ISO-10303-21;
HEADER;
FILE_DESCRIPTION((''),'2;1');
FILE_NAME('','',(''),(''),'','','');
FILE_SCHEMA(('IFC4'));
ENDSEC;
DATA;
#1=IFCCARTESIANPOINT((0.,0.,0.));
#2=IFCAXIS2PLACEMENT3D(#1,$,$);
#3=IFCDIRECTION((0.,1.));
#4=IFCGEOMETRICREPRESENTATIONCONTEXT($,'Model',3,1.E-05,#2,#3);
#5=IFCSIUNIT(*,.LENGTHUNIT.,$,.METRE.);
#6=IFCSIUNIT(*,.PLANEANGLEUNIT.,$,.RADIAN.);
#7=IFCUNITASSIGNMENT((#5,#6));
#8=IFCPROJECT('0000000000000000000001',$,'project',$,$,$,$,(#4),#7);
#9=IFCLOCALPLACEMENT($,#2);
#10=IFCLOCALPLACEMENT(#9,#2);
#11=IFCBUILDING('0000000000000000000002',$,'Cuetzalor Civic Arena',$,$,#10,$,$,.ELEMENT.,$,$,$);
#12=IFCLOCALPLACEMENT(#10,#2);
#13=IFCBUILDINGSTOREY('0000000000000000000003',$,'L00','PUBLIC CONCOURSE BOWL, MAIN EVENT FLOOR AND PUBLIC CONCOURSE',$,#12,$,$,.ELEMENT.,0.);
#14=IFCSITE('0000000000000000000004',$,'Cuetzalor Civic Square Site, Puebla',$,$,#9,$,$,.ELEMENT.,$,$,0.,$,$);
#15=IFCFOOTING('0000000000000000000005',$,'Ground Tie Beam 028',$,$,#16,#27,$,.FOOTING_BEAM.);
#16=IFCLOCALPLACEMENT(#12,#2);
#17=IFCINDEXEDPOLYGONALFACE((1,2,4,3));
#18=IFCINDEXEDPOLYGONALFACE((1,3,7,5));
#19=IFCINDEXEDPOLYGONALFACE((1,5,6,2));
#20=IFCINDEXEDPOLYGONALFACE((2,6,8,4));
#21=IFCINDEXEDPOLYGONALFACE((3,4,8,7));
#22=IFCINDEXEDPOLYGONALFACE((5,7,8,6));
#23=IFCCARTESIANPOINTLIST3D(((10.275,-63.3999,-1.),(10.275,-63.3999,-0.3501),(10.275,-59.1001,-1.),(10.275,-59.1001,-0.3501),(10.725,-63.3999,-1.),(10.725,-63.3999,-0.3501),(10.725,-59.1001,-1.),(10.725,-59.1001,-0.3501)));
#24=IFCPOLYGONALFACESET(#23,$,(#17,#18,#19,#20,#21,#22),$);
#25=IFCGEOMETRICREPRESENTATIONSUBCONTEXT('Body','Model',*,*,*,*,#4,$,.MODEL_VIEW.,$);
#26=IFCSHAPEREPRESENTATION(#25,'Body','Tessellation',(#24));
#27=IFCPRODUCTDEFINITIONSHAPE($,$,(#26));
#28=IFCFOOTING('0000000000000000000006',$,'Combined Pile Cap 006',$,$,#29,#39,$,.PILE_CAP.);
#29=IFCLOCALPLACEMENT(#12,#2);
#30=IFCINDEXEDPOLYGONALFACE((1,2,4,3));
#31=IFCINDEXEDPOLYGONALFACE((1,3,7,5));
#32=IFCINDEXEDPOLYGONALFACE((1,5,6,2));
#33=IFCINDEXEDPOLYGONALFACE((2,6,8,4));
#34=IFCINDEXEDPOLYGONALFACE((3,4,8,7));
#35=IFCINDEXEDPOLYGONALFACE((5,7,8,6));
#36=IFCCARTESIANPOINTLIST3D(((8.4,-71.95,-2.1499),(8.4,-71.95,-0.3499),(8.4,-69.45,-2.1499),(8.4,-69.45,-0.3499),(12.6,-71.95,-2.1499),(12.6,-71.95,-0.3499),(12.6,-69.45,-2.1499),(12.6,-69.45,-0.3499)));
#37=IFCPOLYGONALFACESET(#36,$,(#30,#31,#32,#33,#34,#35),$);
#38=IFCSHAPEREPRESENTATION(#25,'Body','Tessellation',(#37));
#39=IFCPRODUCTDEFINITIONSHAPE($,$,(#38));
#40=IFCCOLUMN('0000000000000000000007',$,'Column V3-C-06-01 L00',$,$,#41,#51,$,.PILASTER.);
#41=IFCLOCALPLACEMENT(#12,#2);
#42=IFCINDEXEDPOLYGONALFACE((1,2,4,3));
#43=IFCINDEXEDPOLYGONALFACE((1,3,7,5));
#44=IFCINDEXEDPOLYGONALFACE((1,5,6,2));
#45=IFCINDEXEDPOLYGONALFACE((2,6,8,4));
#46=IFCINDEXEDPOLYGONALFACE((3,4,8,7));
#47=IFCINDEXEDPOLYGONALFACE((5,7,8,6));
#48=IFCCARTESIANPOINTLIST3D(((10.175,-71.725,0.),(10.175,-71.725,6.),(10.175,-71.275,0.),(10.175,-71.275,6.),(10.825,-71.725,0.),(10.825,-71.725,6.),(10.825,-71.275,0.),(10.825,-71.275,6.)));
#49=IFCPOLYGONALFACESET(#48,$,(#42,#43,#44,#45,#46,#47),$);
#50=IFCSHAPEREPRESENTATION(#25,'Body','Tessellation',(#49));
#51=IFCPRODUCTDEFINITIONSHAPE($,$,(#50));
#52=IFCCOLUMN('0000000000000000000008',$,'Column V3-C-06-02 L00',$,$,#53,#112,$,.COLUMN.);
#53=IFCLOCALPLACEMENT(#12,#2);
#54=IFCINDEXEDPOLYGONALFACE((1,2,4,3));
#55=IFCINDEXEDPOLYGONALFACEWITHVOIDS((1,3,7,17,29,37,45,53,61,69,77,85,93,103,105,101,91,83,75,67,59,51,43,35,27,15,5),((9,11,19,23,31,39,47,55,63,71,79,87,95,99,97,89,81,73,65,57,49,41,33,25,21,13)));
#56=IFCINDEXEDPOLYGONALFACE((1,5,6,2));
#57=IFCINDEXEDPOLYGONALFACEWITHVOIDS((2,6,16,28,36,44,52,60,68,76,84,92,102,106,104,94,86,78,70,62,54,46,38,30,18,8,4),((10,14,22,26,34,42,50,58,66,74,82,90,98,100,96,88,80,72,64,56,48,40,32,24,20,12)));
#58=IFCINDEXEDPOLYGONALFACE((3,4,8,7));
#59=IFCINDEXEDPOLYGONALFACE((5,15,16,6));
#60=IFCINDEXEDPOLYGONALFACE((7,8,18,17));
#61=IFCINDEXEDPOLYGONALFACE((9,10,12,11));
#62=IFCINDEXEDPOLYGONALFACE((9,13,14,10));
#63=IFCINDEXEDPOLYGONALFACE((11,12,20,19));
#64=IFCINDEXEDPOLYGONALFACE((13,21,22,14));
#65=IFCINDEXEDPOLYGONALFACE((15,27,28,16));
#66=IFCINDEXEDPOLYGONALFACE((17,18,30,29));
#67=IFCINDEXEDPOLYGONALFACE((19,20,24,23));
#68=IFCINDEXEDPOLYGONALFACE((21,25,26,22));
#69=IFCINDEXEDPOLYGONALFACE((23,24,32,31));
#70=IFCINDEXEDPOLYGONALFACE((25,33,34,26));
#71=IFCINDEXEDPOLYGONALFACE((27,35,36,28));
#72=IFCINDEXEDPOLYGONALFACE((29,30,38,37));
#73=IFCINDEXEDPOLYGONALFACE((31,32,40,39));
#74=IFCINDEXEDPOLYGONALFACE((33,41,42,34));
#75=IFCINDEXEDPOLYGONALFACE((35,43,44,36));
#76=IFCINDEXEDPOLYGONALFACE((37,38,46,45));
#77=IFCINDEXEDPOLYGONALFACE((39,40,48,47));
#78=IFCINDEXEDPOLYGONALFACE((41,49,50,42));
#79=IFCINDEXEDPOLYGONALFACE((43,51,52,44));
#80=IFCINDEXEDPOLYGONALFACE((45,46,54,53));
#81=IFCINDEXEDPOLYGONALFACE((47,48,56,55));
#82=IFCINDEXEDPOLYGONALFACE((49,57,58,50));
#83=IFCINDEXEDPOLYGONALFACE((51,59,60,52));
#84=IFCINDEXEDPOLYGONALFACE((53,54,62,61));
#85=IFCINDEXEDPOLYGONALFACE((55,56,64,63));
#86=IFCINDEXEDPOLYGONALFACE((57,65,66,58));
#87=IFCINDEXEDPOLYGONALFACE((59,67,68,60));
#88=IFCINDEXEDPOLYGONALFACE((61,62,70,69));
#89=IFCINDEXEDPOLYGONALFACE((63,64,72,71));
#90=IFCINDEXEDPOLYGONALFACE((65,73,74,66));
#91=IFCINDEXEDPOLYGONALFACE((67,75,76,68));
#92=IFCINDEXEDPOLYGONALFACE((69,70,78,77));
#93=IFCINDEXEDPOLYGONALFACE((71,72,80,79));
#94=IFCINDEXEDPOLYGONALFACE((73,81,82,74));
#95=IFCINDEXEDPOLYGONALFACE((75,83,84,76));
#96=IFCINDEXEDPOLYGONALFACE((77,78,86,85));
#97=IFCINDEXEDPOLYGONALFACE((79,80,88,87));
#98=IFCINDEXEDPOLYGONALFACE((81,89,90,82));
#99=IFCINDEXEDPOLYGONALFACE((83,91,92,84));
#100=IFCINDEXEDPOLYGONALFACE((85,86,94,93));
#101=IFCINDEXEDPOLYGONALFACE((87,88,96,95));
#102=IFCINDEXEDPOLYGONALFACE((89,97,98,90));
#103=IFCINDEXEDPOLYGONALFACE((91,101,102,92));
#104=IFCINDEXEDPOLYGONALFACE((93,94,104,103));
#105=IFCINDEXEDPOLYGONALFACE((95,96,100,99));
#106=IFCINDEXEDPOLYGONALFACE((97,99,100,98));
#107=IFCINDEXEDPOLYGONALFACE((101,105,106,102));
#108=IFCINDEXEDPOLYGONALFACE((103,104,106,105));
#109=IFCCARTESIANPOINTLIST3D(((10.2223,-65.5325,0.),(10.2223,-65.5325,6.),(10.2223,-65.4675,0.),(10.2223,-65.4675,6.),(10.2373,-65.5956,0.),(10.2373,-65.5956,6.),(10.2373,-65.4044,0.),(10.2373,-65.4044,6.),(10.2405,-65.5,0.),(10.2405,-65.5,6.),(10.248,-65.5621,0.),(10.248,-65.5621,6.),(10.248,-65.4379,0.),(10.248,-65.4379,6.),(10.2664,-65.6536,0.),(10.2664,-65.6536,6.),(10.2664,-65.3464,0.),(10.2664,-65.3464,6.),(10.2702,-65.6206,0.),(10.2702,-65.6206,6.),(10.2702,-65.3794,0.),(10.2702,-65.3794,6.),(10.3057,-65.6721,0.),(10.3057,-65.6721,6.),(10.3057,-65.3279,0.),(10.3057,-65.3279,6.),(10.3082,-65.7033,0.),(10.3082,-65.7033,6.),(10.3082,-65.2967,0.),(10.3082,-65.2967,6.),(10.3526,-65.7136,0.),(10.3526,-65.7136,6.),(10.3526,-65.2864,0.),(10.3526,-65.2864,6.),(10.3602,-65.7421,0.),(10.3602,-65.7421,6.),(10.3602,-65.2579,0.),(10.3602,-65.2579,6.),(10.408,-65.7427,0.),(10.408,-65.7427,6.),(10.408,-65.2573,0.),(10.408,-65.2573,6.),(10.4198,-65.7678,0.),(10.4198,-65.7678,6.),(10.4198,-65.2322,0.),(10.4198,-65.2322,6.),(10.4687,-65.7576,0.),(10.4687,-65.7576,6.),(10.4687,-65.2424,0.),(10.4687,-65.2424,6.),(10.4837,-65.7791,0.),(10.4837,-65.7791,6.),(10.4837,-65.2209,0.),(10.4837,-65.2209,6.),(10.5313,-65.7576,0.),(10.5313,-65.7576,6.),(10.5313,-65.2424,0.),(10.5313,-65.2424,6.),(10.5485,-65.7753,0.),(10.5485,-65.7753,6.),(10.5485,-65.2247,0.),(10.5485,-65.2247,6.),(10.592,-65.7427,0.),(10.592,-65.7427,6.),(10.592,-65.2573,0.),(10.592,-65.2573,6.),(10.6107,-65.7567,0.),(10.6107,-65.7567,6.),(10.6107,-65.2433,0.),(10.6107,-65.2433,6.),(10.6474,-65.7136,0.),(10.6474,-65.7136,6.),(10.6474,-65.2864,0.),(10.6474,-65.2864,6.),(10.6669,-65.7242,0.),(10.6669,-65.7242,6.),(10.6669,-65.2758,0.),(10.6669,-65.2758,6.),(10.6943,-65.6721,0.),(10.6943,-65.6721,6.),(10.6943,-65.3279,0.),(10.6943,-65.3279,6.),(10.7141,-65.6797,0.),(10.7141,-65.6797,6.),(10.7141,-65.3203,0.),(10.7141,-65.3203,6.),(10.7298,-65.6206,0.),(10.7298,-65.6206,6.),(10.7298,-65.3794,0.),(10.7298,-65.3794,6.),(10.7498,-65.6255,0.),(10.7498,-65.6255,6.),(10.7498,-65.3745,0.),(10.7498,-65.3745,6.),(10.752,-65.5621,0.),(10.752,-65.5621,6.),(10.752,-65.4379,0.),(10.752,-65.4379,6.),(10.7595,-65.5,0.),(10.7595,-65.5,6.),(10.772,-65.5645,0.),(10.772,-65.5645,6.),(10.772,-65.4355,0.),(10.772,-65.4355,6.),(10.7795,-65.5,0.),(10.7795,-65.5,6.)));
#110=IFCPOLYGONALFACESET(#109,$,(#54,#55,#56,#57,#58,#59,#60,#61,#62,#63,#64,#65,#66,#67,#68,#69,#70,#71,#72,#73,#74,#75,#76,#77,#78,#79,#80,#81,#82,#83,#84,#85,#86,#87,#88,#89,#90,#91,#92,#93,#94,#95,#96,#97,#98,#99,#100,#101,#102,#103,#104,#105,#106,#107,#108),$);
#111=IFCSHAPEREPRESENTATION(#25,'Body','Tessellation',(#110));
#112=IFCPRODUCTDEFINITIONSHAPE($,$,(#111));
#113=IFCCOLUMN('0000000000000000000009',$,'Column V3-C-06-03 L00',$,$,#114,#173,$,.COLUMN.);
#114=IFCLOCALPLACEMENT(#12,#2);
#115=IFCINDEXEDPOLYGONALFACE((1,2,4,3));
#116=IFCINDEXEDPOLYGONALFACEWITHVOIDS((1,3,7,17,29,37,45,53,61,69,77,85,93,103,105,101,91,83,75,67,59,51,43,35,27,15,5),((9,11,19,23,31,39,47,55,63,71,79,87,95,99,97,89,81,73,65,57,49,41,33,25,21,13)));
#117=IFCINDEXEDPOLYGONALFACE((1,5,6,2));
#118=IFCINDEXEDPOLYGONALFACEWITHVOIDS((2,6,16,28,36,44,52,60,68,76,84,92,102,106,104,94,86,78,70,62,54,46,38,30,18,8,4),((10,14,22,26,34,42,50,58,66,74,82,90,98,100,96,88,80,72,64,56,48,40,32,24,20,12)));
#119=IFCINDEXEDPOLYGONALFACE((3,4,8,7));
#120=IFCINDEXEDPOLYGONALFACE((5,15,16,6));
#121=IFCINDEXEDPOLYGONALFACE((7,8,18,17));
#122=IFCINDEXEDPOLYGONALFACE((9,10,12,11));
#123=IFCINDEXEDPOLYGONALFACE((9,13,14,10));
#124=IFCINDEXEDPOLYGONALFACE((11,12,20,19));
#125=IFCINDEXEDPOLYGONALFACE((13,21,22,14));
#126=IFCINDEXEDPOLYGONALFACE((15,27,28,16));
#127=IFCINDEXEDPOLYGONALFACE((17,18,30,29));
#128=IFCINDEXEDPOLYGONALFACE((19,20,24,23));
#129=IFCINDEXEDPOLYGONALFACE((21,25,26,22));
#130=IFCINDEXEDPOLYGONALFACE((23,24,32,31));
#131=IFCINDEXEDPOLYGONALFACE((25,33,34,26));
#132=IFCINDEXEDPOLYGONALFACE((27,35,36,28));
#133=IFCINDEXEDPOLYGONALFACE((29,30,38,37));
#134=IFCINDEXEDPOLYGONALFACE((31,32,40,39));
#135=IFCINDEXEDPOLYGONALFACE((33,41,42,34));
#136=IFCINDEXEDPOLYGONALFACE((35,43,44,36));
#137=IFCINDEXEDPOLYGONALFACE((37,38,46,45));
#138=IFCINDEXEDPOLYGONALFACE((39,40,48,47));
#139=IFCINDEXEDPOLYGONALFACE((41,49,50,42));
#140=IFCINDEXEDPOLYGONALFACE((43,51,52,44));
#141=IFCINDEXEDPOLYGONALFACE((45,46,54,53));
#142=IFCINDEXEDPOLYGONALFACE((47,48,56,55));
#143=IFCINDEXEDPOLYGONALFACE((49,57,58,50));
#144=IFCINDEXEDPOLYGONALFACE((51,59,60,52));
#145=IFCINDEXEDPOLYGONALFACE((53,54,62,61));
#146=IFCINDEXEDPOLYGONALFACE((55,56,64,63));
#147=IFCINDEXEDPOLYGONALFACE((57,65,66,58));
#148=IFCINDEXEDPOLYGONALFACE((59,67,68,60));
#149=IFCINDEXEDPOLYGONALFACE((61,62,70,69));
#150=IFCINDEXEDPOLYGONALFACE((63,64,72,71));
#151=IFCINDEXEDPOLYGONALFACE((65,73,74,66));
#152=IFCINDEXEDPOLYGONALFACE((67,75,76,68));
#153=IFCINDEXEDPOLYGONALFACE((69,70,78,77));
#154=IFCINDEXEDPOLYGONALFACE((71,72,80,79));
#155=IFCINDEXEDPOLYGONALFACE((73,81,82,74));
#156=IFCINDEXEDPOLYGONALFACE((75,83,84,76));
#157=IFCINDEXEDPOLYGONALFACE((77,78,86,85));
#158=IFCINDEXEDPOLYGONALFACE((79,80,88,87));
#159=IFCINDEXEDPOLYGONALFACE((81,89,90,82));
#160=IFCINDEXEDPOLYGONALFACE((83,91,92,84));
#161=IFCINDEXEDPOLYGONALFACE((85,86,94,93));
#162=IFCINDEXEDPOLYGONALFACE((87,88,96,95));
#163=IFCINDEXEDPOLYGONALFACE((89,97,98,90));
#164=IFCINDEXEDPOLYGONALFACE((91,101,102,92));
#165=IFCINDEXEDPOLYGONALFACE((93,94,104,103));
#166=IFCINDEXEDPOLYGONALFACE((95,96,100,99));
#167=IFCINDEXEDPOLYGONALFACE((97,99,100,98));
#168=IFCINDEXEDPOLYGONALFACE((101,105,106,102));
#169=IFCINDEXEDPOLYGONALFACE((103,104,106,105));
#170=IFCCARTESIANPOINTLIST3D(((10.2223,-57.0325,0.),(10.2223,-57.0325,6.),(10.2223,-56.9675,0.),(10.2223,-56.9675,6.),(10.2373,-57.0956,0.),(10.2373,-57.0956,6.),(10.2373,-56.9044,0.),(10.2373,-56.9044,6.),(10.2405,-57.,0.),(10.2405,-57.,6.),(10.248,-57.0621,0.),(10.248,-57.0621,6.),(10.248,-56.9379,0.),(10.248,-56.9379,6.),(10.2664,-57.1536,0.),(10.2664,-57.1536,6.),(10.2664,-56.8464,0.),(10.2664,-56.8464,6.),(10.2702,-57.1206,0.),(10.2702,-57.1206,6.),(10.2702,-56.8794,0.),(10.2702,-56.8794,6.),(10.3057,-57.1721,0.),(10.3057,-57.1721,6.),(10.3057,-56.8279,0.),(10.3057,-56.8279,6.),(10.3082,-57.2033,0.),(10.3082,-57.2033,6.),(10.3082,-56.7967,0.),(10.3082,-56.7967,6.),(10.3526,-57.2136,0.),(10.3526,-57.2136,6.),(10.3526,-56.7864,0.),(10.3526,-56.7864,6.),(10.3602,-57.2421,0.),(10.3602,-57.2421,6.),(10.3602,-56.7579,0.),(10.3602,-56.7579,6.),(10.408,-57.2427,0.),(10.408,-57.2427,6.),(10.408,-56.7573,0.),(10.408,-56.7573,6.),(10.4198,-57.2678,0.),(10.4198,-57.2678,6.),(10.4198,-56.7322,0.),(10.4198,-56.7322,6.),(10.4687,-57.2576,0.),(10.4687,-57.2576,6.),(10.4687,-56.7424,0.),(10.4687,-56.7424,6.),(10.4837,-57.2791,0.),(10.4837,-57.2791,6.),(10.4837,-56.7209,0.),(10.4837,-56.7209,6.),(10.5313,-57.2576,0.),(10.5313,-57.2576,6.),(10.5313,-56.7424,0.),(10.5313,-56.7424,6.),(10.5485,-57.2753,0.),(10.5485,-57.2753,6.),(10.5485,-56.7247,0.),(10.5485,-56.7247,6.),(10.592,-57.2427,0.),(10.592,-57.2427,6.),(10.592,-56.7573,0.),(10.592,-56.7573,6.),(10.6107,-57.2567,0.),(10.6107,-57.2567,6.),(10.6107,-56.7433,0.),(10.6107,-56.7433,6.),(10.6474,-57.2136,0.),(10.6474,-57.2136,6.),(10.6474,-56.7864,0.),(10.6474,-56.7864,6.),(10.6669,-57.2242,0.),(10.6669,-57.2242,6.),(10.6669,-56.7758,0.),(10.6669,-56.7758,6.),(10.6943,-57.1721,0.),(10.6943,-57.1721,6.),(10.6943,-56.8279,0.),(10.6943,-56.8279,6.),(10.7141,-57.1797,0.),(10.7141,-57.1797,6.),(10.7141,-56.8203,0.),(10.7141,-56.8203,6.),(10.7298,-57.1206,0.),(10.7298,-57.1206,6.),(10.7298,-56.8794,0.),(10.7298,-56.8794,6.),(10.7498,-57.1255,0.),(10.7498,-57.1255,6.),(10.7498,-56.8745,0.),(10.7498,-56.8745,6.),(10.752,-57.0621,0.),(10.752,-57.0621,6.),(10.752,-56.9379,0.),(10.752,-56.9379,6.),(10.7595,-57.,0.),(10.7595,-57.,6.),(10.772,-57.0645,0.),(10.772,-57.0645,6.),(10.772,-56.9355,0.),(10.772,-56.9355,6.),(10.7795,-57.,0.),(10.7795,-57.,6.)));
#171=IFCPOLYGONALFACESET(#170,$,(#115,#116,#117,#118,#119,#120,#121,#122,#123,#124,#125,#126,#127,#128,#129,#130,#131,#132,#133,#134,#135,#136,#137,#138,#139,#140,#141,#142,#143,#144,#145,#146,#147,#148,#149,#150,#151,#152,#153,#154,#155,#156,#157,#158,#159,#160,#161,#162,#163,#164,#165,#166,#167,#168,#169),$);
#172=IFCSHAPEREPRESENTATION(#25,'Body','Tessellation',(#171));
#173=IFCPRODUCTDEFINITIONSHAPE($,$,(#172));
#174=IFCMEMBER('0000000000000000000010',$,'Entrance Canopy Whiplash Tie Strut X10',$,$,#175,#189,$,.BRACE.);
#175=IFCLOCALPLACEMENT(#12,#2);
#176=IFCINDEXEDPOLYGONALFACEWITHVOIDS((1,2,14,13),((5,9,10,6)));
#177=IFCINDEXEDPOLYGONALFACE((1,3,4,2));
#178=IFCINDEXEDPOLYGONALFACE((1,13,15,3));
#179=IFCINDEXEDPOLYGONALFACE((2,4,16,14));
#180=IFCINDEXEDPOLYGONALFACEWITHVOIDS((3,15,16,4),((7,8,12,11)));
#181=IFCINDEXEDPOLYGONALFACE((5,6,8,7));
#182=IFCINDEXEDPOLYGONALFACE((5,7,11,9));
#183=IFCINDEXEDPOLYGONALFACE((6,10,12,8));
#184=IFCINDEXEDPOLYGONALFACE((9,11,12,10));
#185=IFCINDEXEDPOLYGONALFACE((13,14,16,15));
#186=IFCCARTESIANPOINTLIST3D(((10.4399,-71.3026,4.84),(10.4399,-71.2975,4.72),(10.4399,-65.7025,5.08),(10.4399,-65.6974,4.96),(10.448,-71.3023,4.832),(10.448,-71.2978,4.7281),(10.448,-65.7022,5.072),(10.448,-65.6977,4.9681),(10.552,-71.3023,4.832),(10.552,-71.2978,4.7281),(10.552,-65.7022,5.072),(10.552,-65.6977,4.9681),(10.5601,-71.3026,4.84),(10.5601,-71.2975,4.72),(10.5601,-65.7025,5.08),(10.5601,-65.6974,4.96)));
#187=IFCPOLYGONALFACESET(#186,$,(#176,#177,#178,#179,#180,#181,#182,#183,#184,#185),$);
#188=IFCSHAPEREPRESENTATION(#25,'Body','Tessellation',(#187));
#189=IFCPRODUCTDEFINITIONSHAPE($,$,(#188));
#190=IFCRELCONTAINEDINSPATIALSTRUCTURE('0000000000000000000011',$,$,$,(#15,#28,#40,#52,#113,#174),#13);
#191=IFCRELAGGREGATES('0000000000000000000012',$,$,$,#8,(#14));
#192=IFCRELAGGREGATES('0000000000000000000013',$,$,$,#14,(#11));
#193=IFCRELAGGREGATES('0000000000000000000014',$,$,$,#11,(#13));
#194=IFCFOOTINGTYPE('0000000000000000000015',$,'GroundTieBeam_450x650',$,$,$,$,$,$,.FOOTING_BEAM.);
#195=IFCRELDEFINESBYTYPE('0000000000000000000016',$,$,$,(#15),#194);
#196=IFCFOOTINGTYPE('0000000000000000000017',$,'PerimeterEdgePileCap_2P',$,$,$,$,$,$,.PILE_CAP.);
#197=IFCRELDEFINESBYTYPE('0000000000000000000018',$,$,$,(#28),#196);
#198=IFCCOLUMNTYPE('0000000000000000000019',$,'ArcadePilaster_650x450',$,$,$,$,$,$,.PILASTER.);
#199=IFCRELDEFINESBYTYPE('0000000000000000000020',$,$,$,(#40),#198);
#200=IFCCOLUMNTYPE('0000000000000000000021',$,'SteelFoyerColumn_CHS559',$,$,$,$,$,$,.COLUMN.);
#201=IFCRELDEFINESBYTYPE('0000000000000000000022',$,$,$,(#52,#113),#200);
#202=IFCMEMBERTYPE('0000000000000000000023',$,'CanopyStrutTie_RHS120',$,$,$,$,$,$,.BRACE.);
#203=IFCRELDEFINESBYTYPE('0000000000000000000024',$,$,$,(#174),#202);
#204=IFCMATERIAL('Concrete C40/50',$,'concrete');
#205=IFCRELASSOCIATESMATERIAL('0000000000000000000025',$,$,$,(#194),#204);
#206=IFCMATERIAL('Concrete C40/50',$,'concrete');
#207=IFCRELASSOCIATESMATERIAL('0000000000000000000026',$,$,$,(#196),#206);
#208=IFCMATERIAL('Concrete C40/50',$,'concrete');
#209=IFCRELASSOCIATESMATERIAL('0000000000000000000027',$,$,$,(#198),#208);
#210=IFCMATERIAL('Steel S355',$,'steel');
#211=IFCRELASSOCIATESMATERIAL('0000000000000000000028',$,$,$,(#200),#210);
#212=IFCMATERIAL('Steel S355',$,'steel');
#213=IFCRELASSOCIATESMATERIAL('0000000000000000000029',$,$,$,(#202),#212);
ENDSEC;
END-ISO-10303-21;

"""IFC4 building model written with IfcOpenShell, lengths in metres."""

from ifc_helpers import new_model, si_unit, direction, frame, origin, origin_2d, place, context, subcontext, project, spatial, rectangle, hollow_rectangle, hollow_circle, extrude, material, material_profile, profile_set, type_object, element, save


model = new_model("IFC4")

# Units and contexts
model_context = context("Model", 3, precision=1e-05, world=origin(), true_north=direction((0.0, 1.0)))
body_context = subcontext(model_context, "Body", "Model", "MODEL_VIEW")
ifc_project = project(units=[si_unit("LENGTHUNIT", "METRE"), si_unit("PLANEANGLEUNIT", "RADIAN")], contexts=[model_context])

# Site, building, storey
site_placement = place(None, origin())
site = spatial("IfcSite", under=ifc_project, at=site_placement, Name="Cuetzalor Civic Square Site, Puebla", CompositionType="ELEMENT", RefElevation=0.0)
building_placement = place(site_placement, origin())
building = spatial("IfcBuilding", under=site, at=building_placement, Name="Cuetzalor Civic Arena", CompositionType="ELEMENT")
storey_placement = place(building_placement, origin())
storey = spatial("IfcBuildingStorey", under=building, at=storey_placement, Name="L00", Description="PUBLIC CONCOURSE BOWL, MAIN EVENT FLOOR AND PUBLIC CONCOURSE", CompositionType="ELEMENT", Elevation=0.0)

# Footings
ifc_material_1 = material(Name="Concrete C40/50", Category="concrete")
ifc_material_profile_1 = material_profile(ifc_material_1, rectangle(XDim=0.45, YDim=0.6499, at=origin_2d()), Name="RC 450x650")
ifc_profile_set_1 = profile_set([ifc_material_profile_1], Name="Concrete C40/50")
footing_type_1 = type_object("IfcFootingType", Name="GroundTieBeam_450x650", PredefinedType="FOOTING_BEAM", material=ifc_profile_set_1)
footing_1_placement = place(storey_placement, frame((10.5, -63.3999, -0.675), z_axis=(0.0, 1.0, 0.0), x_axis=(-1.0, 0.0, 0.0)))
element("IfcFooting", 1, at=footing_1_placement, inside=storey, type_object=footing_type_1, Name="Ground Tie Beam 028", PredefinedType="FOOTING_BEAM", context=body_context, shape_type="SweptSolid", body=[
    extrude(rectangle(XDim=0.45, YDim=0.6499, at=origin_2d()), origin(), (0.0, 0.0, 1.0), 4.2998),
])
ifc_material_2 = material(Name="Concrete C40/50", Category="concrete")
footing_type_2 = type_object("IfcFootingType", Name="PerimeterEdgePileCap_2P", PredefinedType="PILE_CAP", material=ifc_material_2)
footing_2_placement = place(storey_placement, frame((10.5, -70.7, -2.1499), z_axis=(0.0, 0.0, 1.0), x_axis=(1.0, 0.0, 0.0)))
element("IfcFooting", 2, at=footing_2_placement, inside=storey, type_object=footing_type_2, Name="Combined Pile Cap 006", PredefinedType="PILE_CAP", context=body_context, shape_type="SweptSolid", body=[
    extrude(rectangle(XDim=4.2, YDim=2.5, at=origin_2d()), origin(), (0.0, 0.0, 1.0), 1.8),
])

# Columns
ifc_material_3 = material(Name="Concrete C40/50", Category="concrete")
ifc_material_profile_2 = material_profile(ifc_material_3, rectangle(XDim=0.6499, YDim=0.45, at=origin_2d()), Name="RC 650x450")
ifc_profile_set_2 = profile_set([ifc_material_profile_2], Name="Concrete C40/50")
column_type_1 = type_object("IfcColumnType", Name="ArcadePilaster_650x450", PredefinedType="PILASTER", material=ifc_profile_set_2)
column_placement = place(storey_placement, frame((10.5, -71.5, 0.0), z_axis=(0.0, 0.0, 1.0), x_axis=(1.0, 0.0, 0.0)))
element("IfcColumn", 3, at=column_placement, inside=storey, type_object=column_type_1, Name="Column V3-C-06-01 L00", PredefinedType="PILASTER", context=body_context, shape_type="SweptSolid", body=[
    extrude(rectangle(XDim=0.6499, YDim=0.45, at=origin_2d()), origin(), (0.0, 0.0, 1.0), 6.0),
])
ifc_material_4 = material(Name="Steel S355", Category="steel")
ifc_material_profile_3 = material_profile(ifc_material_4, hollow_circle(Radius=0.2795, WallThickness=0.02, at=origin_2d()), Name="CHS 559x20")
ifc_profile_set_3 = profile_set([ifc_material_profile_3], Name="Steel S355")
column_type_2 = type_object("IfcColumnType", Name="SteelFoyerColumn_CHS559", PredefinedType="COLUMN", material=ifc_profile_set_3)
for number, where, z_axis, x_axis, name in (
    (4, (10.5, -65.5, 0.0), (0.0, 0.0, 1.0), (1.0, 0.0, 0.0), "Column V3-C-06-02 L00"),
    (5, (10.5, -57.0, 0.0), (0.0, 0.0, 1.0), (1.0, 0.0, 0.0), "Column V3-C-06-03 L00"),
):
    element("IfcColumn", number, at=place(storey_placement, frame(where, z_axis=z_axis, x_axis=x_axis)), inside=storey, type_object=column_type_2, Name=name, PredefinedType="COLUMN", context=body_context, shape_type="SweptSolid", body=[
        extrude(hollow_circle(Radius=0.2795, WallThickness=0.02, at=origin_2d()), origin(), (0.0, 0.0, 1.0), 6.0),
    ])

# Member
ifc_material_5 = material(Name="Steel S355", Category="steel")
ifc_material_profile_4 = material_profile(ifc_material_5, hollow_rectangle(XDim=0.1201, YDim=0.1201, WallThickness=0.0081, at=origin_2d()), Name="RHS 120x120x8")
ifc_profile_set_4 = profile_set([ifc_material_profile_4], Name="Steel S355")
member_type = type_object("IfcMemberType", Name="CanopyStrutTie_RHS120", PredefinedType="BRACE", material=ifc_profile_set_4)
member_placement = place(storey_placement, frame((10.5, -65.7, 5.02), z_axis=(0.0, -0.999083, -0.042815), x_axis=(1.0, 0.0, 0.0)))
element("IfcMember", 6, at=member_placement, inside=storey, type_object=member_type, Name="Entrance Canopy Whiplash Tie Strut X10", PredefinedType="BRACE", context=body_context, shape_type="SweptSolid", body=[
    extrude(hollow_rectangle(XDim=0.1201, YDim=0.1201, WallThickness=0.0081, at=origin_2d()), origin(), (0.0, 0.0, 1.0), 5.6052),
])

save(model, "model.ifc")
